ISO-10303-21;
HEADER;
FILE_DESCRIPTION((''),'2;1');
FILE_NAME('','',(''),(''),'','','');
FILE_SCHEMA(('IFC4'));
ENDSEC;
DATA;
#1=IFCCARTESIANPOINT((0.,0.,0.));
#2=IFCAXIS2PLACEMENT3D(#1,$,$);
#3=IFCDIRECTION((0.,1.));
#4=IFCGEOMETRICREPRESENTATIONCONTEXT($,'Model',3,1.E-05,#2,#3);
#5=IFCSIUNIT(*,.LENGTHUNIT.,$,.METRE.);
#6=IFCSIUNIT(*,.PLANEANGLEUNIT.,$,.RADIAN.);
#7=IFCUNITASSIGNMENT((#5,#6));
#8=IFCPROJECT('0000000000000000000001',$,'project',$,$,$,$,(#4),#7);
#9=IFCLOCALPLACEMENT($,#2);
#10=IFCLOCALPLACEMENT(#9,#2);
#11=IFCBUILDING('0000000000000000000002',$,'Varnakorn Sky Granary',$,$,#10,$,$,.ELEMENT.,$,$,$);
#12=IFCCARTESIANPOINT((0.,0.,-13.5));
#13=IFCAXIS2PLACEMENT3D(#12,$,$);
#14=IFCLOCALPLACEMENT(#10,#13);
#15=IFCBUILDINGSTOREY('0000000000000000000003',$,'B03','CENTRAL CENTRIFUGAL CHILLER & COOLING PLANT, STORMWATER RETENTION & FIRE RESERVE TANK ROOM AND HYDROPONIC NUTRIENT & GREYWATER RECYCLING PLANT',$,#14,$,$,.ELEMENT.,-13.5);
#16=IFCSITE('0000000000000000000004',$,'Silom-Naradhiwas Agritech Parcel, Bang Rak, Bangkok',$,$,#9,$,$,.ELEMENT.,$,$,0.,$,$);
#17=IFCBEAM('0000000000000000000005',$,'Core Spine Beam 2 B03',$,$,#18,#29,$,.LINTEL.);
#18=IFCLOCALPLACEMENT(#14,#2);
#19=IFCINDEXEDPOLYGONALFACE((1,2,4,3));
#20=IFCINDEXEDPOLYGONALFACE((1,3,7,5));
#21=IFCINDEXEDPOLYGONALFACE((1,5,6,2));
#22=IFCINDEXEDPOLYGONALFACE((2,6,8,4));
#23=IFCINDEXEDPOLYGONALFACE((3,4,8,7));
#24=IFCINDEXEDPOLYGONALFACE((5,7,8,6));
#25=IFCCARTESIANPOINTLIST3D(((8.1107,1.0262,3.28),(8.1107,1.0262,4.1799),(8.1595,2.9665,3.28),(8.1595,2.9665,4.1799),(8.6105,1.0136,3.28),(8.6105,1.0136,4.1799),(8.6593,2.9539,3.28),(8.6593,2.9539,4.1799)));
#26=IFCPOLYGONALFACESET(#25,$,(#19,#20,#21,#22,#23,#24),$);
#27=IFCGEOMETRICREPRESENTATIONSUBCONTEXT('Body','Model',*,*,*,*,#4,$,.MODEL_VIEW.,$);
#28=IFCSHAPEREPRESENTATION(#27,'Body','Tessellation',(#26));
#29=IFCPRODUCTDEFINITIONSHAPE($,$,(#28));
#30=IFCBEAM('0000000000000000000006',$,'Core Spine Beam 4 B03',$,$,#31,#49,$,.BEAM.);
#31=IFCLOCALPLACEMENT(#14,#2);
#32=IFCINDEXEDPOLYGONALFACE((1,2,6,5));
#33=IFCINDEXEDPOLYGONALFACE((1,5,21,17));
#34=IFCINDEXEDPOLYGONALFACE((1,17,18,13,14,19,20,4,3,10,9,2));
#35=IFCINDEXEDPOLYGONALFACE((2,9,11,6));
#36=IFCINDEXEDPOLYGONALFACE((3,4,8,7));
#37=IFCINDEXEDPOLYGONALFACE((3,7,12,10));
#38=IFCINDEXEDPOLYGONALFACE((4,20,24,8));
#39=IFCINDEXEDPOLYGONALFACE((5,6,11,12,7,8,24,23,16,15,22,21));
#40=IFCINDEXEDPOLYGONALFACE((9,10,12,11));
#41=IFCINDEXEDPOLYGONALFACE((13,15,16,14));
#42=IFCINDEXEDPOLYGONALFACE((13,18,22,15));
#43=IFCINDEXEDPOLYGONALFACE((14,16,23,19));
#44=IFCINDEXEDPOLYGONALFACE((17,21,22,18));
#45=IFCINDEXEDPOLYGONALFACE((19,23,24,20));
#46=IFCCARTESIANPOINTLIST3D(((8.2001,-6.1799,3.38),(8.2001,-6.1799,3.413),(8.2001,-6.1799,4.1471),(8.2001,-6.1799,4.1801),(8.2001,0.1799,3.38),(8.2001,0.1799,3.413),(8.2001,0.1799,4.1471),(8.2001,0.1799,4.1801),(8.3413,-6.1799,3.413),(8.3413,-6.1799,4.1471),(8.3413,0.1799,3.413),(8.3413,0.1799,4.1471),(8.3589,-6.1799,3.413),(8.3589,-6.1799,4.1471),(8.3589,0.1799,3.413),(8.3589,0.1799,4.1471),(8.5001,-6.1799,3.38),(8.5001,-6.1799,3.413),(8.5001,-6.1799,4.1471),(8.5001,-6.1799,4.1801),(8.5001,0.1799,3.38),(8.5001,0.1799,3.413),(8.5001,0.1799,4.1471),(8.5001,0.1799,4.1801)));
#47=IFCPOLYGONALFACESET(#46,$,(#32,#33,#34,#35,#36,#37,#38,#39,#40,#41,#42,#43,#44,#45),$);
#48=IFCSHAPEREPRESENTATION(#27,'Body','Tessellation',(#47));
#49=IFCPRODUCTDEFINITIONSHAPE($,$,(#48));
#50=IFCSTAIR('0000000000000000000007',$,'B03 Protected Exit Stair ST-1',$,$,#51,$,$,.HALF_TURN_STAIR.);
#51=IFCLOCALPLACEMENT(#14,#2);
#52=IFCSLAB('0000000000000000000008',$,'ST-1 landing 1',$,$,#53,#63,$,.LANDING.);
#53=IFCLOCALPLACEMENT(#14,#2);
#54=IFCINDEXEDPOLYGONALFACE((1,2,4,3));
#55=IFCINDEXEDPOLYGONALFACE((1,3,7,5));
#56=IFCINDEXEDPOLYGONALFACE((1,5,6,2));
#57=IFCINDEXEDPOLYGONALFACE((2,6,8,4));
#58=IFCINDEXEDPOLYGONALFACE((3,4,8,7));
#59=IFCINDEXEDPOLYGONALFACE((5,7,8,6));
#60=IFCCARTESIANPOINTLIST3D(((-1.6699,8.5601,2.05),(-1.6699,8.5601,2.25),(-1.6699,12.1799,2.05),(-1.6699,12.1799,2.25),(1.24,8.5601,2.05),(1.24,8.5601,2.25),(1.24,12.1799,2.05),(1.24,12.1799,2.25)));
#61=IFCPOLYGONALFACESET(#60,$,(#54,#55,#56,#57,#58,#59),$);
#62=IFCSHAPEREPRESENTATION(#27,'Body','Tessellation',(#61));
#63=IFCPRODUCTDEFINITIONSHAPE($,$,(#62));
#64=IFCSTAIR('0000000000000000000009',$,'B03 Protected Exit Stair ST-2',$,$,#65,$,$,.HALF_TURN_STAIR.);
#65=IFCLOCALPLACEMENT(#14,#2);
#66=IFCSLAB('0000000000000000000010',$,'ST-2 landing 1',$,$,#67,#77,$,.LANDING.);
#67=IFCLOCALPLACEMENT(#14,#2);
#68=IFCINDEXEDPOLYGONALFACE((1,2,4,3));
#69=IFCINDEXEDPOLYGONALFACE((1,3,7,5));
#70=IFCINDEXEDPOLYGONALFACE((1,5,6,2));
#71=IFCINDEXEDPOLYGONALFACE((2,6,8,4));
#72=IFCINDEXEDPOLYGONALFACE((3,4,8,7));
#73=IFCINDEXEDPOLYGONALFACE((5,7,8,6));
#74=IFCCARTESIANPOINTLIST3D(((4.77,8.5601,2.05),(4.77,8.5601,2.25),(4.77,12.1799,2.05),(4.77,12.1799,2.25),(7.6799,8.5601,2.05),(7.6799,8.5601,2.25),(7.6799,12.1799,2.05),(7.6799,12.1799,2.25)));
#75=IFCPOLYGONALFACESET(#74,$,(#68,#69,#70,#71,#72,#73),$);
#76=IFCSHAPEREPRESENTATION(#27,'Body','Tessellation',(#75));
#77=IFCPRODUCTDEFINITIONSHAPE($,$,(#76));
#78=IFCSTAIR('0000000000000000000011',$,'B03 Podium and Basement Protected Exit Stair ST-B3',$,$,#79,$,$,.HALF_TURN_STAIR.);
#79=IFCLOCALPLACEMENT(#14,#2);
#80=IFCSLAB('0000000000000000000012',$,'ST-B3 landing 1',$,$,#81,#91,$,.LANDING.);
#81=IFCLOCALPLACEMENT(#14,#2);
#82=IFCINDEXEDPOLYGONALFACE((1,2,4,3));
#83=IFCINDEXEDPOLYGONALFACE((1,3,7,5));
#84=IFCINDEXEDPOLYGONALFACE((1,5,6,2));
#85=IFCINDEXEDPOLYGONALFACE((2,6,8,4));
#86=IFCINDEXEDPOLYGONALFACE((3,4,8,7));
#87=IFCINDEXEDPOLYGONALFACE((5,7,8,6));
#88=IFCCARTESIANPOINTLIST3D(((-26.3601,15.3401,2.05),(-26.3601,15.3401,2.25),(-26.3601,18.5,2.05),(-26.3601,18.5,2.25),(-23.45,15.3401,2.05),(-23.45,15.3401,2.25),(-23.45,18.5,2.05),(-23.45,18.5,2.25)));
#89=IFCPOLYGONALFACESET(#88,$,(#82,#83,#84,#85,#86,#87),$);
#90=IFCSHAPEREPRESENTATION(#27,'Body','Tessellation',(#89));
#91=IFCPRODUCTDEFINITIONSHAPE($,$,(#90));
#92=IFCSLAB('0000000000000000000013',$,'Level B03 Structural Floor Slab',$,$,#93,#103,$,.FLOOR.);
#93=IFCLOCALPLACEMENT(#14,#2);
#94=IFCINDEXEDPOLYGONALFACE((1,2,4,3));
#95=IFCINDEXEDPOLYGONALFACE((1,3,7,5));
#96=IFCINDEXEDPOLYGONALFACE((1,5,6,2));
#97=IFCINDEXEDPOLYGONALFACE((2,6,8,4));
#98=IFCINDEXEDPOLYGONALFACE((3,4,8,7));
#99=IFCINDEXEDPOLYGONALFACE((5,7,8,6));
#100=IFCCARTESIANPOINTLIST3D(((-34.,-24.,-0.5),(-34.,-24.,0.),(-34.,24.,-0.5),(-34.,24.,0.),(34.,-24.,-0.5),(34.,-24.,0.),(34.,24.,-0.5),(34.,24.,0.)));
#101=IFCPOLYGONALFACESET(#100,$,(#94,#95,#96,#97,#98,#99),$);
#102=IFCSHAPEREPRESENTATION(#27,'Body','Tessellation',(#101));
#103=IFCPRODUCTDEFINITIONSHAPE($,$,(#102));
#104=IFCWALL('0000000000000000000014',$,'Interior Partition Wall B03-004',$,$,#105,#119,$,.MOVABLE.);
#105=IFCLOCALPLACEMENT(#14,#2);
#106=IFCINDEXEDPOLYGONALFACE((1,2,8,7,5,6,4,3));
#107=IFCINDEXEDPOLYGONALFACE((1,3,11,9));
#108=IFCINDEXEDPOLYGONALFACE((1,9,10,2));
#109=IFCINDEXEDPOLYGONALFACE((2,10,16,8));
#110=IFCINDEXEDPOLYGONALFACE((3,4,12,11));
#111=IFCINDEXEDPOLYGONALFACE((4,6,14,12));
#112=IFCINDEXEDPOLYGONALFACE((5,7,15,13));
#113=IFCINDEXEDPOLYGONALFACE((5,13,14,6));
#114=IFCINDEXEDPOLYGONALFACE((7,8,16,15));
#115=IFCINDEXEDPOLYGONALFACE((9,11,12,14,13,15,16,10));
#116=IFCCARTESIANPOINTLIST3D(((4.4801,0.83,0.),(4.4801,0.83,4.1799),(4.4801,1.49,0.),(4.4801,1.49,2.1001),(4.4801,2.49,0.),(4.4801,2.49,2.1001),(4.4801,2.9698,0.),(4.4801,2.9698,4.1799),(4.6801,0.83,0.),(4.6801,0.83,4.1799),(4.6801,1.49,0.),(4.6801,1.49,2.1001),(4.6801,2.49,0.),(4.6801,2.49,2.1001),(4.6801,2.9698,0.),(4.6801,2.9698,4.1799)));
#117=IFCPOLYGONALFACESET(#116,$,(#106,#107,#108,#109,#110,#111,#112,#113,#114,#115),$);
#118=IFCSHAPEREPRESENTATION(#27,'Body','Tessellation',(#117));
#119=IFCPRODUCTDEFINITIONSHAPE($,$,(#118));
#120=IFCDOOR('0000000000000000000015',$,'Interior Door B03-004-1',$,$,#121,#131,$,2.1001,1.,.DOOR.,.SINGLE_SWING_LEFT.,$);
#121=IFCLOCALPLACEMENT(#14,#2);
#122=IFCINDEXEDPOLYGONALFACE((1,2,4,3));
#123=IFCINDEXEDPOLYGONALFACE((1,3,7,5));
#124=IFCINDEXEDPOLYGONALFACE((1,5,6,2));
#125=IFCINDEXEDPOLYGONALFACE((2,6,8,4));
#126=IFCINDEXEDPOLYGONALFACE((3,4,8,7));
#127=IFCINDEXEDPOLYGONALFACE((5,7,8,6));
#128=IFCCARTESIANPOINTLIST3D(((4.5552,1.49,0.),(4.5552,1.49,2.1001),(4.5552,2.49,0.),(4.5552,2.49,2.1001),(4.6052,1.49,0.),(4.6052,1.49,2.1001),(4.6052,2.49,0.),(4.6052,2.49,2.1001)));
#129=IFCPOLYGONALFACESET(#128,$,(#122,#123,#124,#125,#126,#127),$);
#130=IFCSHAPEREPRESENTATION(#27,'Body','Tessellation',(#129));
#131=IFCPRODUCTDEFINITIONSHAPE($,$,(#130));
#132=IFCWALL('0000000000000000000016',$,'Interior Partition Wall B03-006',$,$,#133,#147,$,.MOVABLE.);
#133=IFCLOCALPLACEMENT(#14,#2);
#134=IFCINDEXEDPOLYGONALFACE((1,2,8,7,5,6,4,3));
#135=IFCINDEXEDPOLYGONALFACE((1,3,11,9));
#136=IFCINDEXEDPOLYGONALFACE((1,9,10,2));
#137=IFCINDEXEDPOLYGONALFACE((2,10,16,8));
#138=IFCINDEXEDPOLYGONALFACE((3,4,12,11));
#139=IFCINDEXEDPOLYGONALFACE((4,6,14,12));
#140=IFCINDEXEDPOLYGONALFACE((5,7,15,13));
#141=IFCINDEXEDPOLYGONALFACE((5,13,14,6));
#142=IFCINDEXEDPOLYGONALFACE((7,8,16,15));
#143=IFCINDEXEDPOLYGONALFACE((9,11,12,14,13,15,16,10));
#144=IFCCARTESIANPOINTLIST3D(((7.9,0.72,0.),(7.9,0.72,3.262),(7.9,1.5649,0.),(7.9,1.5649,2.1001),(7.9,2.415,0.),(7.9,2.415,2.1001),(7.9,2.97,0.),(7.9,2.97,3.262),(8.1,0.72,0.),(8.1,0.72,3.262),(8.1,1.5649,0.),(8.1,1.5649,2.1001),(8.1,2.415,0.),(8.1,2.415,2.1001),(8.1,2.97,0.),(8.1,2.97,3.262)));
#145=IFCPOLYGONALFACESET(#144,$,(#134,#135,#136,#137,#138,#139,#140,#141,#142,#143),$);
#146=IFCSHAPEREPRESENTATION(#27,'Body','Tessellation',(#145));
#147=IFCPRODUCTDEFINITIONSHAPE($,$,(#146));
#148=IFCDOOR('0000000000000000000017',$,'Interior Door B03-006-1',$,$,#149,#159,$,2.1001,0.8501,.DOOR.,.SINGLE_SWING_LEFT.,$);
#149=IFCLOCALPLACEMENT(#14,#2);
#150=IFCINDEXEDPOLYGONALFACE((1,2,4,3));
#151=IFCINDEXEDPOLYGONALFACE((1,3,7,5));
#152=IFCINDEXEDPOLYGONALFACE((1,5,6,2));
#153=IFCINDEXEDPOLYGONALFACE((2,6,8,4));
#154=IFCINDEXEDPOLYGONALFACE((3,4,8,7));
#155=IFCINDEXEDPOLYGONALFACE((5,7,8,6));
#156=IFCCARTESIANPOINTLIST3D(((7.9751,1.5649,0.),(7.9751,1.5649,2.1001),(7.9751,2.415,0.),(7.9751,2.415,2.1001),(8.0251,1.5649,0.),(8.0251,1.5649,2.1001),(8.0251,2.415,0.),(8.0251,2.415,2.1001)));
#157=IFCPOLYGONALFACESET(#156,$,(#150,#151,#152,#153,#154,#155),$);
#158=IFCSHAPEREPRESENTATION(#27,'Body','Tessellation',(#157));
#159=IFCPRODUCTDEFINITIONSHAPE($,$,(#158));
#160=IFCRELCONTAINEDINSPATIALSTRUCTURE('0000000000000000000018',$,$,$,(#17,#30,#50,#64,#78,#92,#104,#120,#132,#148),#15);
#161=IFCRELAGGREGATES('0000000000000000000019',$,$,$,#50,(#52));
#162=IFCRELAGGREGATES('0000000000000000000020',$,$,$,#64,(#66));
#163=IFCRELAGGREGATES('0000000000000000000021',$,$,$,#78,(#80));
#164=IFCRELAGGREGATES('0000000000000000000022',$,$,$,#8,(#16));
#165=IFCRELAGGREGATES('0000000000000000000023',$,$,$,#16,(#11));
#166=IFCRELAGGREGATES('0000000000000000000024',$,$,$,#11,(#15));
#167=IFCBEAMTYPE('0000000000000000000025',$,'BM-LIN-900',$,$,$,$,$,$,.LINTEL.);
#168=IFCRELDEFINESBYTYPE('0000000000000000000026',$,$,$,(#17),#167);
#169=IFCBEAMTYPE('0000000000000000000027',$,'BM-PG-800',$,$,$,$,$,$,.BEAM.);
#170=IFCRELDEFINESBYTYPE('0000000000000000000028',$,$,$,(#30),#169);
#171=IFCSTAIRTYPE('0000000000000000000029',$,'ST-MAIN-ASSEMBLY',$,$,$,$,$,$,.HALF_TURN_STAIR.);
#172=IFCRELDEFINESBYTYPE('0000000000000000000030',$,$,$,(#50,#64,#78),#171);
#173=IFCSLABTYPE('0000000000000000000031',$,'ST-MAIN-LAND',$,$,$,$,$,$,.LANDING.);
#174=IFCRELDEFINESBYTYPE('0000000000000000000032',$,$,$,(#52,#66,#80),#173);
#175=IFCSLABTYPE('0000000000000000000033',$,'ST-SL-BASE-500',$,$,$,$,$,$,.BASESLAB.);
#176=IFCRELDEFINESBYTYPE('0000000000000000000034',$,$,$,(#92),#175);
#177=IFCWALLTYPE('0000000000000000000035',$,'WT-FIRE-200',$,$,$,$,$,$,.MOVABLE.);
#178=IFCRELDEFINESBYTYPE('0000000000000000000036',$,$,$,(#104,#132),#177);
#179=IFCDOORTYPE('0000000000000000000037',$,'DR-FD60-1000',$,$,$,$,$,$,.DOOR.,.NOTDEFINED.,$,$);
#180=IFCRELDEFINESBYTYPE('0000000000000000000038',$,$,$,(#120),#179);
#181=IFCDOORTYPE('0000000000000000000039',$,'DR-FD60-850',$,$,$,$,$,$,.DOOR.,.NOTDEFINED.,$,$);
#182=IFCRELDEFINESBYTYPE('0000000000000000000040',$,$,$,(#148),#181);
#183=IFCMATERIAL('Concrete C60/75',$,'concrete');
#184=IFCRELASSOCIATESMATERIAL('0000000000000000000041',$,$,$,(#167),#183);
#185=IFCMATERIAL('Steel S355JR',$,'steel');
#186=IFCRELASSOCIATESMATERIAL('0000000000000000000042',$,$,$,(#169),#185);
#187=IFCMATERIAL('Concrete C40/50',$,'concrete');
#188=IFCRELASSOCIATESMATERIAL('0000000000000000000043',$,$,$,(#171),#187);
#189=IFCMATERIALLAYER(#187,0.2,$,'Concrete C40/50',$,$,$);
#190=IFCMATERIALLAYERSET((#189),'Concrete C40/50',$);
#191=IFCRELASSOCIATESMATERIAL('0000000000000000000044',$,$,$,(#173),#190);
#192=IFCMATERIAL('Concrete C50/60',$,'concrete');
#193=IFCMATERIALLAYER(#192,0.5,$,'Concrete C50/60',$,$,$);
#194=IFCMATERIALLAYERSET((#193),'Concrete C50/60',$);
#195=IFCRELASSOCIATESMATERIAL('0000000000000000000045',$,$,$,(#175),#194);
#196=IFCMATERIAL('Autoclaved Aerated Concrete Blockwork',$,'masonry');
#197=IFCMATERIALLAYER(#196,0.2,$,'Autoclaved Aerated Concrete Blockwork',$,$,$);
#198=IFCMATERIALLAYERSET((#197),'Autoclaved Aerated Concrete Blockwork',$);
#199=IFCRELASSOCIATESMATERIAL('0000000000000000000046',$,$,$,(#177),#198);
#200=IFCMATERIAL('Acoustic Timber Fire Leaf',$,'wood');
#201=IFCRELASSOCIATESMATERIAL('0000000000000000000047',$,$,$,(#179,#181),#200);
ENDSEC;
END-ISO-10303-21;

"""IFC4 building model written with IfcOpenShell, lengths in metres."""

from ifc_helpers import new_model, si_unit, direction, frame, frame_2d, origin, origin_2d, place, context, subcontext, project, spatial, polyline, rectangle, i_section, outline, extrude, material, layer, layer_set, material_profile, profile_set, type_object, element, fill, aggregate, save


model = new_model("IFC4")

# Units and contexts
model_context = context("Model", 3, precision=1e-05, world=origin(), true_north=direction((0.0, 1.0)))
body_context = subcontext(model_context, "Body", "Model", "MODEL_VIEW")
ifc_project = project(units=[si_unit("LENGTHUNIT", "METRE"), si_unit("PLANEANGLEUNIT", "RADIAN")], contexts=[model_context])

# Site, building, storey
site_placement = place(None, origin())
site = spatial("IfcSite", under=ifc_project, at=site_placement, Name="Silom-Naradhiwas Agritech Parcel, Bang Rak, Bangkok", CompositionType="ELEMENT", RefElevation=0.0)
building_placement = place(site_placement, origin())
building = spatial("IfcBuilding", under=site, at=building_placement, Name="Varnakorn Sky Granary", CompositionType="ELEMENT")
storey_placement = place(building_placement, frame((0.0, 0.0, -13.5)))
storey = spatial("IfcBuildingStorey", under=building, at=storey_placement, Name="B03", Description="CENTRAL CENTRIFUGAL CHILLER & COOLING PLANT, STORMWATER RETENTION & FIRE RESERVE TANK ROOM AND HYDROPONIC NUTRIENT & GREYWATER RECYCLING PLANT", CompositionType="ELEMENT", Elevation=-13.5)

# Shared definitions
ifc_material_1 = material(Name="Concrete C60/75", Category="concrete")

# Beams
ifc_material_profile_1 = material_profile(ifc_material_1, rectangle(XDim=0.5, YDim=0.8999, at=origin_2d()), Name="RC 500x900")
ifc_profile_set_1 = profile_set([ifc_material_profile_1], Name="Concrete C60/75")
beam_type_1 = type_object("IfcBeamType", Name="BM-LIN-900", PredefinedType="LINTEL", material=ifc_profile_set_1)
beam_1_placement = place(storey_placement, frame((8.4094, 2.9602, 3.73), z_axis=(-0.025159, -0.999683, 0.0), x_axis=(0.999683, -0.025159, 0.0)))
element("IfcBeam", 1, at=beam_1_placement, inside=storey, type_object=beam_type_1, Name="Core Spine Beam 2 B03", PredefinedType="LINTEL", context=body_context, shape_type="SweptSolid", body=[
    extrude(rectangle(XDim=0.5, YDim=0.8999, at=origin_2d()), origin(), (0.0, 0.0, 1.0), 1.9409),
])
ifc_material_2 = material(Name="Steel S355JR", Category="steel")
ifc_material_profile_2 = material_profile(ifc_material_2, i_section(OverallWidth=0.3, OverallDepth=0.8, WebThickness=0.0176, FlangeThickness=0.033, at=origin_2d()), Name="HE 800 B")
ifc_profile_set_2 = profile_set([ifc_material_profile_2], Name="Steel S355JR")
beam_type_2 = type_object("IfcBeamType", Name="BM-PG-800", PredefinedType="BEAM", material=ifc_profile_set_2)
beam_2_placement = place(storey_placement, frame((8.3501, 0.1799, 3.78), z_axis=(0.0, -1.0, 0.0), x_axis=(1.0, 0.0, 0.0)))
element("IfcBeam", 2, at=beam_2_placement, inside=storey, type_object=beam_type_2, Name="Core Spine Beam 4 B03", PredefinedType="BEAM", context=body_context, shape_type="SweptSolid", body=[
    extrude(i_section(OverallWidth=0.3, OverallDepth=0.8, WebThickness=0.0176, FlangeThickness=0.033, at=origin_2d()), origin(), (0.0, 0.0, 1.0), 6.3599),
])

# Stairs, slabs
ifc_material_3 = material(Name="Concrete C40/50", Category="concrete")
stair_type = type_object("IfcStairType", Name="ST-MAIN-ASSEMBLY", PredefinedType="HALF_TURN_STAIR", material=ifc_material_3)
stair_1_placement = place(storey_placement, origin())
stair_1 = element("IfcStair", 3, at=stair_1_placement, inside=storey, type_object=stair_type, Name="B03 Protected Exit Stair ST-1", PredefinedType="HALF_TURN_STAIR")
ifc_layer_1 = layer(ifc_material_3, 0.2, Name="Concrete C40/50")
ifc_layer_set_1 = layer_set([ifc_layer_1], Name="Concrete C40/50")
slab_type_1 = type_object("IfcSlabType", Name="ST-MAIN-LAND", PredefinedType="LANDING", material=ifc_layer_set_1)
slab_1_placement = place(storey_placement, frame((0.0, 0.0, 2.05)))
slab_1 = element("IfcSlab", 4, at=slab_1_placement, type_object=slab_type_1, Name="ST-1 landing 1", PredefinedType="LANDING", context=body_context, shape_type="SweptSolid", body=[
    extrude(outline(polyline([(1.24, 8.5601), (1.24, 12.1799), (-1.6699, 12.1799), (-1.6699, 8.5601), (1.24, 8.5601)])), origin(), (0.0, 0.0, 1.0), 0.2),
])
aggregate(stair_1, [slab_1])
stair_2_placement = place(storey_placement, origin())
stair_2 = element("IfcStair", 5, at=stair_2_placement, inside=storey, type_object=stair_type, Name="B03 Protected Exit Stair ST-2", PredefinedType="HALF_TURN_STAIR")
slab_2_placement = place(storey_placement, frame((0.0, 0.0, 2.05)))
slab_2 = element("IfcSlab", 6, at=slab_2_placement, type_object=slab_type_1, Name="ST-2 landing 1", PredefinedType="LANDING", context=body_context, shape_type="SweptSolid", body=[
    extrude(outline(polyline([(7.6799, 8.5601), (7.6799, 12.1799), (4.77, 12.1799), (4.77, 8.5601), (7.6799, 8.5601)])), origin(), (0.0, 0.0, 1.0), 0.2),
])
aggregate(stair_2, [slab_2])
stair_3_placement = place(storey_placement, origin())
stair_3 = element("IfcStair", 7, at=stair_3_placement, inside=storey, type_object=stair_type, Name="B03 Podium and Basement Protected Exit Stair ST-B3", PredefinedType="HALF_TURN_STAIR")
slab_3_placement = place(storey_placement, frame((0.0, 0.0, 2.05)))
slab_3 = element("IfcSlab", 8, at=slab_3_placement, type_object=slab_type_1, Name="ST-B3 landing 1", PredefinedType="LANDING", context=body_context, shape_type="SweptSolid", body=[
    extrude(outline(polyline([(-23.45, 15.3401), (-23.45, 18.5), (-26.3601, 18.5), (-26.3601, 15.3401), (-23.45, 15.3401)])), origin(), (0.0, 0.0, 1.0), 0.2),
])
aggregate(stair_3, [slab_3])

# Slab
ifc_material_4 = material(Name="Concrete C50/60", Category="concrete")
ifc_layer_2 = layer(ifc_material_4, 0.5, Name="Concrete C50/60")
ifc_layer_set_2 = layer_set([ifc_layer_2], Name="Concrete C50/60")
slab_type_2 = type_object("IfcSlabType", Name="ST-SL-BASE-500", PredefinedType="BASESLAB", material=ifc_layer_set_2)
slab_4_placement = place(storey_placement, frame((0.0, 0.0, -0.5)))
element("IfcSlab", 9, at=slab_4_placement, inside=storey, type_object=slab_type_2, Name="Level B03 Structural Floor Slab", PredefinedType="FLOOR", context=body_context, shape_type="SweptSolid", body=[
    extrude(outline(polyline([(-34.0, -24.0), (34.0, -24.0), (34.0, 24.0), (-34.0, 24.0), (-34.0, -24.0)])), origin(), (0.0, 0.0, 1.0), 0.5),
])

# Walls, openings, doors
ifc_material_5 = material(Name="Autoclaved Aerated Concrete Blockwork", Category="masonry")
ifc_layer_3 = layer(ifc_material_5, 0.2, Name="Autoclaved Aerated Concrete Blockwork")
ifc_layer_set_3 = layer_set([ifc_layer_3], Name="Autoclaved Aerated Concrete Blockwork")
wall_type_1 = type_object("IfcWallType", Name="WT-FIRE-200", PredefinedType="MOVABLE", material=ifc_layer_set_3)
wall_1_placement = place(storey_placement, frame((4.5801, 0.8301, 0.0), z_axis=(0.0, 0.0, 1.0), x_axis=(0.0, 1.0, 0.0)))
wall_1 = element("IfcWall", 10, at=wall_1_placement, inside=storey, type_object=wall_type_1, Name="Interior Partition Wall B03-004", PredefinedType="MOVABLE", context=body_context, shape_type="SweptSolid", body=[
    extrude(rectangle(XDim=2.1399, YDim=0.2, at=frame_2d((1.0698, 0.0))), origin(), (0.0, 0.0, 1.0), 4.1799),
])
opening_1_placement = place(wall_1_placement, frame((0.6599, 0.0, 0.0)))
opening_1 = element("IfcOpeningElement", 11, at=opening_1_placement, cuts=wall_1, PredefinedType="OPENING", context=body_context, shape_type="SweptSolid", body=[
    extrude(rectangle(XDim=1.0, YDim=2.1001, at=frame_2d((0.5, 1.05))), frame((0.0, 0.1099, 0.0), z_axis=(0.0, -1.0, 0.0), x_axis=(1.0, 0.0, 0.0)), (0.0, 0.0, 1.0), 0.22),
])
ifc_material_6 = material(Name="Acoustic Timber Fire Leaf", Category="wood")
door_type_1 = type_object("IfcDoorType", Name="DR-FD60-1000", OperationType="NOTDEFINED", PredefinedType="DOOR", material=ifc_material_6)
door_1_placement = place(opening_1_placement, origin())
door_1 = element("IfcDoor", 12, at=door_1_placement, inside=storey, type_object=door_type_1, Name="Interior Door B03-004-1", OperationType="SINGLE_SWING_LEFT", OverallHeight=2.1001, OverallWidth=1.0, PredefinedType="DOOR", context=body_context, shape_type="SweptSolid", body=[
    extrude(rectangle(XDim=1.0, YDim=2.1001, at=frame_2d((0.5, 1.05))), frame((0.0, 0.0249, 0.0), z_axis=(0.0, -1.0, 0.0), x_axis=(1.0, 0.0, 0.0)), (0.0, 0.0, 1.0), 0.05),
])
fill(opening_1, door_1)
wall_2_placement = place(storey_placement, frame((8.0, 0.72, 0.0), z_axis=(0.0, 0.0, 1.0), x_axis=(0.0, 1.0, 0.0)))
wall_2 = element("IfcWall", 13, at=wall_2_placement, inside=storey, type_object=wall_type_1, Name="Interior Partition Wall B03-006", PredefinedType="MOVABLE", context=body_context, shape_type="SweptSolid", body=[
    extrude(rectangle(XDim=2.25, YDim=0.2, at=frame_2d((1.125, 0.0))), origin(), (0.0, 0.0, 1.0), 3.262),
])
opening_2_placement = place(wall_2_placement, frame((0.845, 0.0, 0.0)))
opening_2 = element("IfcOpeningElement", 14, at=opening_2_placement, cuts=wall_2, PredefinedType="OPENING", context=body_context, shape_type="SweptSolid", body=[
    extrude(rectangle(XDim=0.8501, YDim=2.1001, at=frame_2d((0.425, 1.05))), frame((0.0, 0.1099, 0.0), z_axis=(0.0, -1.0, 0.0), x_axis=(1.0, 0.0, 0.0)), (0.0, 0.0, 1.0), 0.22),
])
door_type_2 = type_object("IfcDoorType", Name="DR-FD60-850", OperationType="NOTDEFINED", PredefinedType="DOOR", material=ifc_material_6)
door_2_placement = place(opening_2_placement, origin())
door_2 = element("IfcDoor", 15, at=door_2_placement, inside=storey, type_object=door_type_2, Name="Interior Door B03-006-1", OperationType="SINGLE_SWING_LEFT", OverallHeight=2.1001, OverallWidth=0.8501, PredefinedType="DOOR", context=body_context, shape_type="SweptSolid", body=[
    extrude(rectangle(XDim=0.8501, YDim=2.1001, at=frame_2d((0.425, 1.05))), frame((0.0, 0.0249, 0.0), z_axis=(0.0, -1.0, 0.0), x_axis=(1.0, 0.0, 0.0)), (0.0, 0.0, 1.0), 0.05),
])
fill(opening_2, door_2)

save(model, "model.ifc")
